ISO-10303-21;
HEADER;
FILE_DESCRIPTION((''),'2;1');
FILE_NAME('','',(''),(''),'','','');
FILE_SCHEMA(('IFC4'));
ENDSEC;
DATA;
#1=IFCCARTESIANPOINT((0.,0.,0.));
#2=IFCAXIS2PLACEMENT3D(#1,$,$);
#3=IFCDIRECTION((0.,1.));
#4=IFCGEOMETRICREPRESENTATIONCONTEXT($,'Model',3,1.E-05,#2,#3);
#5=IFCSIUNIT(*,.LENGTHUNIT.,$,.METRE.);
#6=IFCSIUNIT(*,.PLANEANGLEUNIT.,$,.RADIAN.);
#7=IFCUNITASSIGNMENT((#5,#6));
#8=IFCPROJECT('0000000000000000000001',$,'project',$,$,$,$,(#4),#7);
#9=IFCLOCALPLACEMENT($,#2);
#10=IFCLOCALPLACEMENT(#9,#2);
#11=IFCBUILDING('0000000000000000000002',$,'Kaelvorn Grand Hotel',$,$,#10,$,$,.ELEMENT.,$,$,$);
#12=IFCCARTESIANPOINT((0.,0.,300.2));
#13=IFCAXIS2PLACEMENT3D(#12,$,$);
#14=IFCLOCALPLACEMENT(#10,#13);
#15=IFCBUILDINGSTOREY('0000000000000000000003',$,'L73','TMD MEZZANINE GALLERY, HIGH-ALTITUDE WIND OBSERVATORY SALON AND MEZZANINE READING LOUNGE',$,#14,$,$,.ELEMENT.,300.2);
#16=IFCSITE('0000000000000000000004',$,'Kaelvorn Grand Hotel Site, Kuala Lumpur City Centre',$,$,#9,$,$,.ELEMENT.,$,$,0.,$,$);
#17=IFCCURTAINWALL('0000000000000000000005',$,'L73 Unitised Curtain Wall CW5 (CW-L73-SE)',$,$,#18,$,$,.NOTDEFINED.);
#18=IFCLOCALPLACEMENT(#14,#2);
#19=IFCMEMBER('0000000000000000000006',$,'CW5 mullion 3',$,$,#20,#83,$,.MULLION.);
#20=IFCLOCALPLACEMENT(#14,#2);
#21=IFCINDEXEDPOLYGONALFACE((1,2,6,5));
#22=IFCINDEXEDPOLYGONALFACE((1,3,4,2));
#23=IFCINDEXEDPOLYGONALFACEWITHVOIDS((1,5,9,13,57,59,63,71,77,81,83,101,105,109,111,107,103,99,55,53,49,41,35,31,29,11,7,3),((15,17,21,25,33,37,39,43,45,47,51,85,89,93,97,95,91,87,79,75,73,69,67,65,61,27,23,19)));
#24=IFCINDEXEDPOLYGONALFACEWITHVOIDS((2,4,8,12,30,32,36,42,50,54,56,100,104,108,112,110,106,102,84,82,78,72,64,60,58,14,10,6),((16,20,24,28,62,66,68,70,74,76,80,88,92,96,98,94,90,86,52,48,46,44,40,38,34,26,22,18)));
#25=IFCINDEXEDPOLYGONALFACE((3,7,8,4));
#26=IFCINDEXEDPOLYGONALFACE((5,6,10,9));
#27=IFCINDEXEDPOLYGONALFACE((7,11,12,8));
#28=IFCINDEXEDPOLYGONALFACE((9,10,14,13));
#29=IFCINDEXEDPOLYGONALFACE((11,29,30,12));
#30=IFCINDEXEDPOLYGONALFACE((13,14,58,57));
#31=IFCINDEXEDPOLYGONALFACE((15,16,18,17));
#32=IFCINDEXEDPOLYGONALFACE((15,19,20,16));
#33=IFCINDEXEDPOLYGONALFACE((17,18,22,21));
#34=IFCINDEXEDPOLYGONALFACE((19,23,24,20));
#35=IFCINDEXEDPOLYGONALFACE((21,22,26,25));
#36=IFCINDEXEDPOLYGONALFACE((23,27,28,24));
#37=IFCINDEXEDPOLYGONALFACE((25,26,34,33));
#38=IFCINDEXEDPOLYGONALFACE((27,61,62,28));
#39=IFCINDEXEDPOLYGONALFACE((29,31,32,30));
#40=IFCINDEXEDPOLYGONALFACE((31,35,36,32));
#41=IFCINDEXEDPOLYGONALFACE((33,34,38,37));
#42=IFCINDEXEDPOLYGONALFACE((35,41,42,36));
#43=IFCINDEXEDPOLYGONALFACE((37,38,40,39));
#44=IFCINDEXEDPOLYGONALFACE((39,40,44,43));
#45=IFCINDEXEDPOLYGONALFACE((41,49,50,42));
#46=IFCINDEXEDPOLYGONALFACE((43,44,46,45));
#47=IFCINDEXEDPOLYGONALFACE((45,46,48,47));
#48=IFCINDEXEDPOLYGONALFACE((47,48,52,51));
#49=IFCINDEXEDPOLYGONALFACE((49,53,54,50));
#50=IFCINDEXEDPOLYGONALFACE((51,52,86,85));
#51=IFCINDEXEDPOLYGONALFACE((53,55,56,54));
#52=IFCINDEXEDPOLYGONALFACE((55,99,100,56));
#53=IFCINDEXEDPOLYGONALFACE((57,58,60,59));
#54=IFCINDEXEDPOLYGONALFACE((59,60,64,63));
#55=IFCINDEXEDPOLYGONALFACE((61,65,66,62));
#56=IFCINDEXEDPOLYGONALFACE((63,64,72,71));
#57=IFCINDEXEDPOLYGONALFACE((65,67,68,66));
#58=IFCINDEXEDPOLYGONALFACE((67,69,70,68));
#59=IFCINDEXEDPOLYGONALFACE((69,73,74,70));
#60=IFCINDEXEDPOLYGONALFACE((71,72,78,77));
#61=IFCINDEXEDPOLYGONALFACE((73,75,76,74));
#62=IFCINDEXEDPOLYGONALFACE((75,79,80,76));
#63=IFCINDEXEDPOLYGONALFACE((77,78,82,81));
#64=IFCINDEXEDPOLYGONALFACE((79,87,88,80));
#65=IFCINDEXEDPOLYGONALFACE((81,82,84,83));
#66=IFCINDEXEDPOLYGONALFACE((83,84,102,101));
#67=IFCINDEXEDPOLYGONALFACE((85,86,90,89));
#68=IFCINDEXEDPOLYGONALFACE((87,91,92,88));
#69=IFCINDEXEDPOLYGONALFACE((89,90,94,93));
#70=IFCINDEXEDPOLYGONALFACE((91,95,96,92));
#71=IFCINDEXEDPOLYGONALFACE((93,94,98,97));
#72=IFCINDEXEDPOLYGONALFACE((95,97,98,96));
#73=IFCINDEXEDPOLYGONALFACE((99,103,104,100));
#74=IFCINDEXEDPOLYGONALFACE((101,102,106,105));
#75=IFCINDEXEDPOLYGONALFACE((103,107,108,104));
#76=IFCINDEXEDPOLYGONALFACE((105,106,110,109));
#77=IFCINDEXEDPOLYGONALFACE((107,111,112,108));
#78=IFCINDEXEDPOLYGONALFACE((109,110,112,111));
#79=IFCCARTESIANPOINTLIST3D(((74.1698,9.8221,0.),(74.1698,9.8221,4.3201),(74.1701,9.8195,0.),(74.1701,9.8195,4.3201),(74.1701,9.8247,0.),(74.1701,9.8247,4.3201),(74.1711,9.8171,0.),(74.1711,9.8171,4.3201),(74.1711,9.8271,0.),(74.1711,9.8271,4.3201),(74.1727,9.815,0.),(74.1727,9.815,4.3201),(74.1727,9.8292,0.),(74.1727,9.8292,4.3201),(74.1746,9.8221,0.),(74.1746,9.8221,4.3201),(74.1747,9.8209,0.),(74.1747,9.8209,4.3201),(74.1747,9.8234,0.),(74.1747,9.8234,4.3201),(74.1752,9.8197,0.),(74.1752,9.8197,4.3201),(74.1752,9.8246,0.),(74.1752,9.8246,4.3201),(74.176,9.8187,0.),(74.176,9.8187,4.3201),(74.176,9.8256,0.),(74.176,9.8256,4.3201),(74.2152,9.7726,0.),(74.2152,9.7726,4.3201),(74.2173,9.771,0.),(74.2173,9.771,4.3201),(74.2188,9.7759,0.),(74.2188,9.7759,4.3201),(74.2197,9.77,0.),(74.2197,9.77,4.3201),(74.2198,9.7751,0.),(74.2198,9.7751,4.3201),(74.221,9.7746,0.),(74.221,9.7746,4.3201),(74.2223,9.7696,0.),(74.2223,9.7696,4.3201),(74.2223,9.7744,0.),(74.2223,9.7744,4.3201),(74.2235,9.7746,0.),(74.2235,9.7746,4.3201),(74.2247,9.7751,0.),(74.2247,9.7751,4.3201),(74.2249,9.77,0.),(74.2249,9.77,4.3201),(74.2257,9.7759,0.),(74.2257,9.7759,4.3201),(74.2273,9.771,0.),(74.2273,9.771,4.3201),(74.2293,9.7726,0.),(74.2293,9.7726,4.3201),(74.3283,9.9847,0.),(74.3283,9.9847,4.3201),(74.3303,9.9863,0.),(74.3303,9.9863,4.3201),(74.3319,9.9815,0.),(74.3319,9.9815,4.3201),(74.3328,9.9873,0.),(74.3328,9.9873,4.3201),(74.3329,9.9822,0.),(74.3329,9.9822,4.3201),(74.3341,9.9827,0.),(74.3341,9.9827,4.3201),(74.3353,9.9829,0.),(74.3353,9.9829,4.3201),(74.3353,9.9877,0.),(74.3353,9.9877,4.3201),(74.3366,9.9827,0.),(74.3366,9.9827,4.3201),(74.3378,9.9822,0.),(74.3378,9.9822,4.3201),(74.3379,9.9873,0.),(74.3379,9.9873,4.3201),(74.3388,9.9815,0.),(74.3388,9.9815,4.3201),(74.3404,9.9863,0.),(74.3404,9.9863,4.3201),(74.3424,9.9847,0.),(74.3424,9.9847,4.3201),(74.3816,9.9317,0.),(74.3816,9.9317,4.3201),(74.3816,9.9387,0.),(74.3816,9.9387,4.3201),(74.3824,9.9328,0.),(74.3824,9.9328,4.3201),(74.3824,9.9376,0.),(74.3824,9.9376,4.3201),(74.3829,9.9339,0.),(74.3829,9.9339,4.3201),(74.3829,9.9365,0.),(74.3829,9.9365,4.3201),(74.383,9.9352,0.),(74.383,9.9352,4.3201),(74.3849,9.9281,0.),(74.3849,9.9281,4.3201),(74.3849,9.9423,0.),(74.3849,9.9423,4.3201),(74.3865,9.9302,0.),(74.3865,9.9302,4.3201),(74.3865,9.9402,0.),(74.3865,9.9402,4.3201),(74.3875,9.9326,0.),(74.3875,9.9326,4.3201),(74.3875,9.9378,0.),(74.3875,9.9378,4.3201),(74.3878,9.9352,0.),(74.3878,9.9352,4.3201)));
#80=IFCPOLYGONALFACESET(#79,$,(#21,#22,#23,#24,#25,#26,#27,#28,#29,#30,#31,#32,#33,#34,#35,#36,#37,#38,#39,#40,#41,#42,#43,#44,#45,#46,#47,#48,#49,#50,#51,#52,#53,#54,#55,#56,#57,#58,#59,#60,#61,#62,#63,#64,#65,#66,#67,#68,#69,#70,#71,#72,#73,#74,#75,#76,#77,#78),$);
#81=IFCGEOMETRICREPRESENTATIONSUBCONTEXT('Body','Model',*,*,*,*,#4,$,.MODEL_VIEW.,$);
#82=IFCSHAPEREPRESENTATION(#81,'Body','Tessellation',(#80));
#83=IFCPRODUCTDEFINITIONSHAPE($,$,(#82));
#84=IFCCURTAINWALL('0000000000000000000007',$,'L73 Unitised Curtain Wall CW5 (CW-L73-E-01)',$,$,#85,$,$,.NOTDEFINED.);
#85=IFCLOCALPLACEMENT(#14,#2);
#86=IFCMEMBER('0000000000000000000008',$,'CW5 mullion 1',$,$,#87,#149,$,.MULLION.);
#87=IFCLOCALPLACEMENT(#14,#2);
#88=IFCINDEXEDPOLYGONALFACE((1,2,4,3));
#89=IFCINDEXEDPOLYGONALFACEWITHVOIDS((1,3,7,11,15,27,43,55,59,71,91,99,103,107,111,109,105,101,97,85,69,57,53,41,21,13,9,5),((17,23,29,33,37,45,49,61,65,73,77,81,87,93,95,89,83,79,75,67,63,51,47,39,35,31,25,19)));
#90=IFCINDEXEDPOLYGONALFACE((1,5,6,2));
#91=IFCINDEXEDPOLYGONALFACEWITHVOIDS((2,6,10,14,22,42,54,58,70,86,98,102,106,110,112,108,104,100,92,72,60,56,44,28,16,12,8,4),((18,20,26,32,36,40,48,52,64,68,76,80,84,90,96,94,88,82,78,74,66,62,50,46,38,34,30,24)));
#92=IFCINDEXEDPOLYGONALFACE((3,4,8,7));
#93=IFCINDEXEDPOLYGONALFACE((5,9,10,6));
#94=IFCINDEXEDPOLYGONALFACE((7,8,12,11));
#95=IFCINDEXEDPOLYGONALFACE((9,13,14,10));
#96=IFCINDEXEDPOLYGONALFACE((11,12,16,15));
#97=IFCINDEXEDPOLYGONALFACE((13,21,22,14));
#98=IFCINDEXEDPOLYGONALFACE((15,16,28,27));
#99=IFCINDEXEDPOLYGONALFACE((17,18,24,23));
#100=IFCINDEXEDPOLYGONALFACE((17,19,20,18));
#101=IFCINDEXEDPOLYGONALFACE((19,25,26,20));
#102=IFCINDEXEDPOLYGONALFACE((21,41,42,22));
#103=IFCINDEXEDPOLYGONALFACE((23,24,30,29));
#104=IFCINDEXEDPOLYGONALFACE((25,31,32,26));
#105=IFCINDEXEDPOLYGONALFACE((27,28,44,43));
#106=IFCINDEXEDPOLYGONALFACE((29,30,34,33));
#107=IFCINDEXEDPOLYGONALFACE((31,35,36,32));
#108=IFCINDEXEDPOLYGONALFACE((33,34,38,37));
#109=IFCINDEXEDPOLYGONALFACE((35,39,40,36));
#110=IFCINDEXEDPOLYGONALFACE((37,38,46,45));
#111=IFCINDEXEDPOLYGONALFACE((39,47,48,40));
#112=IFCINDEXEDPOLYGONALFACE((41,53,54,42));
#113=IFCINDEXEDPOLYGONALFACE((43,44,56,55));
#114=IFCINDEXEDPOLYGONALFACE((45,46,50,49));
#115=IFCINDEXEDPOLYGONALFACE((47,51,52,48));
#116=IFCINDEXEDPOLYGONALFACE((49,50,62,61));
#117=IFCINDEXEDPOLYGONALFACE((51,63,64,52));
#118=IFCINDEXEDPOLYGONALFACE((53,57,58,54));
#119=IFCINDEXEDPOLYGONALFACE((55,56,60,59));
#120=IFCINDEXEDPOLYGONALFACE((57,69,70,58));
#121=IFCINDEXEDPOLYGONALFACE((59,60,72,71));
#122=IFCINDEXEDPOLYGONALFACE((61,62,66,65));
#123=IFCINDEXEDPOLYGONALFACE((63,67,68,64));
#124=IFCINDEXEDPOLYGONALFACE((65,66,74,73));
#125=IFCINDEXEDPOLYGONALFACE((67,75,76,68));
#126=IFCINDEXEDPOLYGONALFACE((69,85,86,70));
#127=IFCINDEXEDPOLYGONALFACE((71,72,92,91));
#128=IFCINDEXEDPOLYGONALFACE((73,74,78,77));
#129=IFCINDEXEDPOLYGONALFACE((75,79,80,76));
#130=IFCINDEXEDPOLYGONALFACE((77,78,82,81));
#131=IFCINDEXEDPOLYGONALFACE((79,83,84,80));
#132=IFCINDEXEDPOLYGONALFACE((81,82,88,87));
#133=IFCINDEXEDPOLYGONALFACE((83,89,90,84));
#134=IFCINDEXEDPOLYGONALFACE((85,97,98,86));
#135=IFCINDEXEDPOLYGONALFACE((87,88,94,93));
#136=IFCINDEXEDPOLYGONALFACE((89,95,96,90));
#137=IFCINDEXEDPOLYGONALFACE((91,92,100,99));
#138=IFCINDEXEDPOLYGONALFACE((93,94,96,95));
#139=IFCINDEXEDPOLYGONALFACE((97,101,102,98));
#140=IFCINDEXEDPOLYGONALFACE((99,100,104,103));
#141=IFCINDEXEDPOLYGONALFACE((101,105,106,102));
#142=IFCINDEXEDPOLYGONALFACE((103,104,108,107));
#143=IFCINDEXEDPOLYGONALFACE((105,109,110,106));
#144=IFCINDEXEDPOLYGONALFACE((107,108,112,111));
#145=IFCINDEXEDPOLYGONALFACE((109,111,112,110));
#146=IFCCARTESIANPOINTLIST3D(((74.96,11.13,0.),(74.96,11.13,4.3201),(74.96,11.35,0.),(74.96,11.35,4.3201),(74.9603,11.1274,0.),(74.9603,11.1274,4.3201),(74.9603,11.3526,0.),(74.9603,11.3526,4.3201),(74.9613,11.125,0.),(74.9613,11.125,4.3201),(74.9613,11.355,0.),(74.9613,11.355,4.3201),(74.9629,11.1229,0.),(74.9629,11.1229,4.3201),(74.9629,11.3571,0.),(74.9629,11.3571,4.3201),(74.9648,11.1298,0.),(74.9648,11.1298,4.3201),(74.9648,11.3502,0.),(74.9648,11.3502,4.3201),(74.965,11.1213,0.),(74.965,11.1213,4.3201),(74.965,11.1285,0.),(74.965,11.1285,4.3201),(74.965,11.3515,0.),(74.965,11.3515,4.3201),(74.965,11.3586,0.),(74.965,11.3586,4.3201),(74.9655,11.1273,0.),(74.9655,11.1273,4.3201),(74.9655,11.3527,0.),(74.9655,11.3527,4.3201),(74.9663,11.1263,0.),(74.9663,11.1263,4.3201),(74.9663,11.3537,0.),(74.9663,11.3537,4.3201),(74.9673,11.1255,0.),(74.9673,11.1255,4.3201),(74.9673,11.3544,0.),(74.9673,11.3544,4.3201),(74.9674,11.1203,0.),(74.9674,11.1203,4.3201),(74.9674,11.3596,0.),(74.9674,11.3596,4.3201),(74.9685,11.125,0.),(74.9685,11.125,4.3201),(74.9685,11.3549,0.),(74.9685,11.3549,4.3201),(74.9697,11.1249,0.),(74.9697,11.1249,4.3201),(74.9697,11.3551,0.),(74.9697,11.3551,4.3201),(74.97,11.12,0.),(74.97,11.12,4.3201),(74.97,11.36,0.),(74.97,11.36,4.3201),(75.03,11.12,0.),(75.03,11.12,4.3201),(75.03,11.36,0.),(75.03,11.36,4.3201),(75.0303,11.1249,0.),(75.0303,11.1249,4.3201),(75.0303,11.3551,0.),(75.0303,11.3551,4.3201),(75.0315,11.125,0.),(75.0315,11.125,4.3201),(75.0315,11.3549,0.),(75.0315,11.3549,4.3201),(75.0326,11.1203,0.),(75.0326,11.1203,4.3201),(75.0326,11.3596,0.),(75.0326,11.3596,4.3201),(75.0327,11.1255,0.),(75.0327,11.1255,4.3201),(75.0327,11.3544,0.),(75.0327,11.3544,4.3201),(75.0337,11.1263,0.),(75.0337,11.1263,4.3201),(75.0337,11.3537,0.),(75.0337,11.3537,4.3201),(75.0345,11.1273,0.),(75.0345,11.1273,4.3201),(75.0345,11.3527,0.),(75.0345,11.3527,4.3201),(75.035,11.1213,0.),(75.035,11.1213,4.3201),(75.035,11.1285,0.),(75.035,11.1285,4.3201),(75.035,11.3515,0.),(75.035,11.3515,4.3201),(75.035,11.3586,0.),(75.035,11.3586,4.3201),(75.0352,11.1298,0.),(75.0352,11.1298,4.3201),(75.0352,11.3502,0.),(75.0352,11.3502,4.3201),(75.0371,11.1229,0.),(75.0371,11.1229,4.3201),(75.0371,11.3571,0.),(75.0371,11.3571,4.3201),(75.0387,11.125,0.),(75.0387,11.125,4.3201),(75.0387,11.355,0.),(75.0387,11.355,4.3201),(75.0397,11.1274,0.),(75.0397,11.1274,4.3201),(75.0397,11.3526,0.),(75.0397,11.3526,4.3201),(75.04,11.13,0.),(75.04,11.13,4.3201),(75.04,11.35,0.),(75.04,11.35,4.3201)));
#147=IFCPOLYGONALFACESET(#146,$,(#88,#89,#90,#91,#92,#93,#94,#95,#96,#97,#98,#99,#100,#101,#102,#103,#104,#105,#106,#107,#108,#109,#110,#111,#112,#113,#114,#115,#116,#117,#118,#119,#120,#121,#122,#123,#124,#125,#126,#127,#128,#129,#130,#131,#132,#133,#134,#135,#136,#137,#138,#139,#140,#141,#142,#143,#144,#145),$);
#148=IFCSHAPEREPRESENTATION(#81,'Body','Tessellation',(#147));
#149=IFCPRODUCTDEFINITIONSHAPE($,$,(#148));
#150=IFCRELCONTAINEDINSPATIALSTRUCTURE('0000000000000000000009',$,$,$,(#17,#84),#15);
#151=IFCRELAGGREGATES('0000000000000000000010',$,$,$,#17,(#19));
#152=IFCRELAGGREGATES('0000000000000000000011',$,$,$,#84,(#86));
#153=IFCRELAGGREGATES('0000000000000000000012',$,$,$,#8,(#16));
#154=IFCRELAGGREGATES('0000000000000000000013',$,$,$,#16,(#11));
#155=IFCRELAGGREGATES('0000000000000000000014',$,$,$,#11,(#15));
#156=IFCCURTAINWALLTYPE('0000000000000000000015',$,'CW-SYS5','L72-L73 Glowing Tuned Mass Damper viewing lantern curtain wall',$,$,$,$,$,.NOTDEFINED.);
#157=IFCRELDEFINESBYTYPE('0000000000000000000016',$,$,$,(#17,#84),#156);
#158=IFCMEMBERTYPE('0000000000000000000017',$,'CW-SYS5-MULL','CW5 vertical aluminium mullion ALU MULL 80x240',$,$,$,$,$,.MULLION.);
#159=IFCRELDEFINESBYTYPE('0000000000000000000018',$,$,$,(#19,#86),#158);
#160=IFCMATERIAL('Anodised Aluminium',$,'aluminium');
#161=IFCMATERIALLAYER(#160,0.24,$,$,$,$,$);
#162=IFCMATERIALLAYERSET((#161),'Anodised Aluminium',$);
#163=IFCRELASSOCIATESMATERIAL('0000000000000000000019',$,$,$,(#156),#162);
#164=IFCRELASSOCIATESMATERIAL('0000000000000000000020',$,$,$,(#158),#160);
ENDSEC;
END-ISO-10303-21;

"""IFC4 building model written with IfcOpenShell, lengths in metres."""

from ifc_helpers import new_model, si_unit, direction, frame, origin, origin_2d, place, context, subcontext, project, spatial, hollow_rectangle, extrude, material, layer, layer_set, material_profile, profile_set, type_object, element, aggregate, save


model = new_model("IFC4")

# Units and contexts
model_context = context("Model", 3, precision=1e-05, world=origin(), true_north=direction((0.0, 1.0)))
body_context = subcontext(model_context, "Body", "Model", "MODEL_VIEW")
ifc_project = project(units=[si_unit("LENGTHUNIT", "METRE"), si_unit("PLANEANGLEUNIT", "RADIAN")], contexts=[model_context])

# Site, building, storey
site_placement = place(None, origin())
site = spatial("IfcSite", under=ifc_project, at=site_placement, Name="Kaelvorn Grand Hotel Site, Kuala Lumpur City Centre", CompositionType="ELEMENT", RefElevation=0.0)
building_placement = place(site_placement, origin())
building = spatial("IfcBuilding", under=site, at=building_placement, Name="Kaelvorn Grand Hotel", CompositionType="ELEMENT")
storey_placement = place(building_placement, frame((0.0, 0.0, 300.2)))
storey = spatial("IfcBuildingStorey", under=building, at=storey_placement, Name="L73", Description="TMD MEZZANINE GALLERY, HIGH-ALTITUDE WIND OBSERVATORY SALON AND MEZZANINE READING LOUNGE", CompositionType="ELEMENT", Elevation=300.2)

# Curtain wall, member
ifc_material_1 = material(Name="Anodised Aluminium", Category="aluminium")
ifc_layer_1 = layer(ifc_material_1, 0.24)
ifc_layer_set_1 = layer_set([ifc_layer_1], Name="Anodised Aluminium")
curtain_wall_type = type_object("IfcCurtainWallType", Name="CW-SYS5", Description="L72-L73 Glowing Tuned Mass Damper viewing lantern curtain wall", PredefinedType="NOTDEFINED", material=ifc_layer_set_1)
curtain_wall_1_placement = place(storey_placement, origin())
curtain_wall_1 = element("IfcCurtainWall", 1, at=curtain_wall_1_placement, inside=storey, type_object=curtain_wall_type, Name="L73 Unitised Curtain Wall CW5 (CW-L73-SE)", PredefinedType="NOTDEFINED")
ifc_material_profile_1 = material_profile(ifc_material_1, hollow_rectangle(XDim=0.0801, YDim=0.24, WallThickness=0.0049, InnerFilletRadius=0.0049, OuterFilletRadius=0.01, at=origin_2d()), Name="ALU MULL 80x240")
ifc_profile_set_1 = profile_set([ifc_material_profile_1], Name="Anodised Aluminium")
member_type_1 = type_object("IfcMemberType", Name="CW-SYS5-MULL", Description="CW5 vertical aluminium mullion ALU MULL 80x240", PredefinedType="MULLION", material=ifc_profile_set_1)
member_1_placement = place(storey_placement, frame((74.2788, 9.8787, 0.0), z_axis=(0.0, 0.0, 1.0), x_axis=(-0.707107, 0.707107, 0.0)))
member_1 = element("IfcMember", 2, at=member_1_placement, type_object=member_type_1, Name="CW5 mullion 3", PredefinedType="MULLION", context=body_context, shape_type="SweptSolid", body=[
    extrude(hollow_rectangle(XDim=0.0801, YDim=0.24, WallThickness=0.0049, InnerFilletRadius=0.0049, OuterFilletRadius=0.01, at=origin_2d()), origin(), (0.0, 0.0, 1.0), 4.3201),
])
aggregate(curtain_wall_1, [member_1])

# Curtain wall, member
curtain_wall_2_placement = place(storey_placement, origin())
curtain_wall_2 = element("IfcCurtainWall", 3, at=curtain_wall_2_placement, inside=storey, type_object=curtain_wall_type, Name="L73 Unitised Curtain Wall CW5 (CW-L73-E-01)", PredefinedType="NOTDEFINED")
member_2_placement = place(storey_placement, frame((75.0, 11.24, 0.0), z_axis=(0.0, 0.0, 1.0), x_axis=(-1.0, 0.0, 0.0)))
member_2 = element("IfcMember", 4, at=member_2_placement, type_object=member_type_1, Name="CW5 mullion 1", PredefinedType="MULLION", context=body_context, shape_type="SweptSolid", body=[
    extrude(hollow_rectangle(XDim=0.0801, YDim=0.24, WallThickness=0.0049, InnerFilletRadius=0.0049, OuterFilletRadius=0.01, at=origin_2d()), origin(), (0.0, 0.0, 1.0), 4.3201),
])
aggregate(curtain_wall_2, [member_2])

save(model, "model.ifc")
